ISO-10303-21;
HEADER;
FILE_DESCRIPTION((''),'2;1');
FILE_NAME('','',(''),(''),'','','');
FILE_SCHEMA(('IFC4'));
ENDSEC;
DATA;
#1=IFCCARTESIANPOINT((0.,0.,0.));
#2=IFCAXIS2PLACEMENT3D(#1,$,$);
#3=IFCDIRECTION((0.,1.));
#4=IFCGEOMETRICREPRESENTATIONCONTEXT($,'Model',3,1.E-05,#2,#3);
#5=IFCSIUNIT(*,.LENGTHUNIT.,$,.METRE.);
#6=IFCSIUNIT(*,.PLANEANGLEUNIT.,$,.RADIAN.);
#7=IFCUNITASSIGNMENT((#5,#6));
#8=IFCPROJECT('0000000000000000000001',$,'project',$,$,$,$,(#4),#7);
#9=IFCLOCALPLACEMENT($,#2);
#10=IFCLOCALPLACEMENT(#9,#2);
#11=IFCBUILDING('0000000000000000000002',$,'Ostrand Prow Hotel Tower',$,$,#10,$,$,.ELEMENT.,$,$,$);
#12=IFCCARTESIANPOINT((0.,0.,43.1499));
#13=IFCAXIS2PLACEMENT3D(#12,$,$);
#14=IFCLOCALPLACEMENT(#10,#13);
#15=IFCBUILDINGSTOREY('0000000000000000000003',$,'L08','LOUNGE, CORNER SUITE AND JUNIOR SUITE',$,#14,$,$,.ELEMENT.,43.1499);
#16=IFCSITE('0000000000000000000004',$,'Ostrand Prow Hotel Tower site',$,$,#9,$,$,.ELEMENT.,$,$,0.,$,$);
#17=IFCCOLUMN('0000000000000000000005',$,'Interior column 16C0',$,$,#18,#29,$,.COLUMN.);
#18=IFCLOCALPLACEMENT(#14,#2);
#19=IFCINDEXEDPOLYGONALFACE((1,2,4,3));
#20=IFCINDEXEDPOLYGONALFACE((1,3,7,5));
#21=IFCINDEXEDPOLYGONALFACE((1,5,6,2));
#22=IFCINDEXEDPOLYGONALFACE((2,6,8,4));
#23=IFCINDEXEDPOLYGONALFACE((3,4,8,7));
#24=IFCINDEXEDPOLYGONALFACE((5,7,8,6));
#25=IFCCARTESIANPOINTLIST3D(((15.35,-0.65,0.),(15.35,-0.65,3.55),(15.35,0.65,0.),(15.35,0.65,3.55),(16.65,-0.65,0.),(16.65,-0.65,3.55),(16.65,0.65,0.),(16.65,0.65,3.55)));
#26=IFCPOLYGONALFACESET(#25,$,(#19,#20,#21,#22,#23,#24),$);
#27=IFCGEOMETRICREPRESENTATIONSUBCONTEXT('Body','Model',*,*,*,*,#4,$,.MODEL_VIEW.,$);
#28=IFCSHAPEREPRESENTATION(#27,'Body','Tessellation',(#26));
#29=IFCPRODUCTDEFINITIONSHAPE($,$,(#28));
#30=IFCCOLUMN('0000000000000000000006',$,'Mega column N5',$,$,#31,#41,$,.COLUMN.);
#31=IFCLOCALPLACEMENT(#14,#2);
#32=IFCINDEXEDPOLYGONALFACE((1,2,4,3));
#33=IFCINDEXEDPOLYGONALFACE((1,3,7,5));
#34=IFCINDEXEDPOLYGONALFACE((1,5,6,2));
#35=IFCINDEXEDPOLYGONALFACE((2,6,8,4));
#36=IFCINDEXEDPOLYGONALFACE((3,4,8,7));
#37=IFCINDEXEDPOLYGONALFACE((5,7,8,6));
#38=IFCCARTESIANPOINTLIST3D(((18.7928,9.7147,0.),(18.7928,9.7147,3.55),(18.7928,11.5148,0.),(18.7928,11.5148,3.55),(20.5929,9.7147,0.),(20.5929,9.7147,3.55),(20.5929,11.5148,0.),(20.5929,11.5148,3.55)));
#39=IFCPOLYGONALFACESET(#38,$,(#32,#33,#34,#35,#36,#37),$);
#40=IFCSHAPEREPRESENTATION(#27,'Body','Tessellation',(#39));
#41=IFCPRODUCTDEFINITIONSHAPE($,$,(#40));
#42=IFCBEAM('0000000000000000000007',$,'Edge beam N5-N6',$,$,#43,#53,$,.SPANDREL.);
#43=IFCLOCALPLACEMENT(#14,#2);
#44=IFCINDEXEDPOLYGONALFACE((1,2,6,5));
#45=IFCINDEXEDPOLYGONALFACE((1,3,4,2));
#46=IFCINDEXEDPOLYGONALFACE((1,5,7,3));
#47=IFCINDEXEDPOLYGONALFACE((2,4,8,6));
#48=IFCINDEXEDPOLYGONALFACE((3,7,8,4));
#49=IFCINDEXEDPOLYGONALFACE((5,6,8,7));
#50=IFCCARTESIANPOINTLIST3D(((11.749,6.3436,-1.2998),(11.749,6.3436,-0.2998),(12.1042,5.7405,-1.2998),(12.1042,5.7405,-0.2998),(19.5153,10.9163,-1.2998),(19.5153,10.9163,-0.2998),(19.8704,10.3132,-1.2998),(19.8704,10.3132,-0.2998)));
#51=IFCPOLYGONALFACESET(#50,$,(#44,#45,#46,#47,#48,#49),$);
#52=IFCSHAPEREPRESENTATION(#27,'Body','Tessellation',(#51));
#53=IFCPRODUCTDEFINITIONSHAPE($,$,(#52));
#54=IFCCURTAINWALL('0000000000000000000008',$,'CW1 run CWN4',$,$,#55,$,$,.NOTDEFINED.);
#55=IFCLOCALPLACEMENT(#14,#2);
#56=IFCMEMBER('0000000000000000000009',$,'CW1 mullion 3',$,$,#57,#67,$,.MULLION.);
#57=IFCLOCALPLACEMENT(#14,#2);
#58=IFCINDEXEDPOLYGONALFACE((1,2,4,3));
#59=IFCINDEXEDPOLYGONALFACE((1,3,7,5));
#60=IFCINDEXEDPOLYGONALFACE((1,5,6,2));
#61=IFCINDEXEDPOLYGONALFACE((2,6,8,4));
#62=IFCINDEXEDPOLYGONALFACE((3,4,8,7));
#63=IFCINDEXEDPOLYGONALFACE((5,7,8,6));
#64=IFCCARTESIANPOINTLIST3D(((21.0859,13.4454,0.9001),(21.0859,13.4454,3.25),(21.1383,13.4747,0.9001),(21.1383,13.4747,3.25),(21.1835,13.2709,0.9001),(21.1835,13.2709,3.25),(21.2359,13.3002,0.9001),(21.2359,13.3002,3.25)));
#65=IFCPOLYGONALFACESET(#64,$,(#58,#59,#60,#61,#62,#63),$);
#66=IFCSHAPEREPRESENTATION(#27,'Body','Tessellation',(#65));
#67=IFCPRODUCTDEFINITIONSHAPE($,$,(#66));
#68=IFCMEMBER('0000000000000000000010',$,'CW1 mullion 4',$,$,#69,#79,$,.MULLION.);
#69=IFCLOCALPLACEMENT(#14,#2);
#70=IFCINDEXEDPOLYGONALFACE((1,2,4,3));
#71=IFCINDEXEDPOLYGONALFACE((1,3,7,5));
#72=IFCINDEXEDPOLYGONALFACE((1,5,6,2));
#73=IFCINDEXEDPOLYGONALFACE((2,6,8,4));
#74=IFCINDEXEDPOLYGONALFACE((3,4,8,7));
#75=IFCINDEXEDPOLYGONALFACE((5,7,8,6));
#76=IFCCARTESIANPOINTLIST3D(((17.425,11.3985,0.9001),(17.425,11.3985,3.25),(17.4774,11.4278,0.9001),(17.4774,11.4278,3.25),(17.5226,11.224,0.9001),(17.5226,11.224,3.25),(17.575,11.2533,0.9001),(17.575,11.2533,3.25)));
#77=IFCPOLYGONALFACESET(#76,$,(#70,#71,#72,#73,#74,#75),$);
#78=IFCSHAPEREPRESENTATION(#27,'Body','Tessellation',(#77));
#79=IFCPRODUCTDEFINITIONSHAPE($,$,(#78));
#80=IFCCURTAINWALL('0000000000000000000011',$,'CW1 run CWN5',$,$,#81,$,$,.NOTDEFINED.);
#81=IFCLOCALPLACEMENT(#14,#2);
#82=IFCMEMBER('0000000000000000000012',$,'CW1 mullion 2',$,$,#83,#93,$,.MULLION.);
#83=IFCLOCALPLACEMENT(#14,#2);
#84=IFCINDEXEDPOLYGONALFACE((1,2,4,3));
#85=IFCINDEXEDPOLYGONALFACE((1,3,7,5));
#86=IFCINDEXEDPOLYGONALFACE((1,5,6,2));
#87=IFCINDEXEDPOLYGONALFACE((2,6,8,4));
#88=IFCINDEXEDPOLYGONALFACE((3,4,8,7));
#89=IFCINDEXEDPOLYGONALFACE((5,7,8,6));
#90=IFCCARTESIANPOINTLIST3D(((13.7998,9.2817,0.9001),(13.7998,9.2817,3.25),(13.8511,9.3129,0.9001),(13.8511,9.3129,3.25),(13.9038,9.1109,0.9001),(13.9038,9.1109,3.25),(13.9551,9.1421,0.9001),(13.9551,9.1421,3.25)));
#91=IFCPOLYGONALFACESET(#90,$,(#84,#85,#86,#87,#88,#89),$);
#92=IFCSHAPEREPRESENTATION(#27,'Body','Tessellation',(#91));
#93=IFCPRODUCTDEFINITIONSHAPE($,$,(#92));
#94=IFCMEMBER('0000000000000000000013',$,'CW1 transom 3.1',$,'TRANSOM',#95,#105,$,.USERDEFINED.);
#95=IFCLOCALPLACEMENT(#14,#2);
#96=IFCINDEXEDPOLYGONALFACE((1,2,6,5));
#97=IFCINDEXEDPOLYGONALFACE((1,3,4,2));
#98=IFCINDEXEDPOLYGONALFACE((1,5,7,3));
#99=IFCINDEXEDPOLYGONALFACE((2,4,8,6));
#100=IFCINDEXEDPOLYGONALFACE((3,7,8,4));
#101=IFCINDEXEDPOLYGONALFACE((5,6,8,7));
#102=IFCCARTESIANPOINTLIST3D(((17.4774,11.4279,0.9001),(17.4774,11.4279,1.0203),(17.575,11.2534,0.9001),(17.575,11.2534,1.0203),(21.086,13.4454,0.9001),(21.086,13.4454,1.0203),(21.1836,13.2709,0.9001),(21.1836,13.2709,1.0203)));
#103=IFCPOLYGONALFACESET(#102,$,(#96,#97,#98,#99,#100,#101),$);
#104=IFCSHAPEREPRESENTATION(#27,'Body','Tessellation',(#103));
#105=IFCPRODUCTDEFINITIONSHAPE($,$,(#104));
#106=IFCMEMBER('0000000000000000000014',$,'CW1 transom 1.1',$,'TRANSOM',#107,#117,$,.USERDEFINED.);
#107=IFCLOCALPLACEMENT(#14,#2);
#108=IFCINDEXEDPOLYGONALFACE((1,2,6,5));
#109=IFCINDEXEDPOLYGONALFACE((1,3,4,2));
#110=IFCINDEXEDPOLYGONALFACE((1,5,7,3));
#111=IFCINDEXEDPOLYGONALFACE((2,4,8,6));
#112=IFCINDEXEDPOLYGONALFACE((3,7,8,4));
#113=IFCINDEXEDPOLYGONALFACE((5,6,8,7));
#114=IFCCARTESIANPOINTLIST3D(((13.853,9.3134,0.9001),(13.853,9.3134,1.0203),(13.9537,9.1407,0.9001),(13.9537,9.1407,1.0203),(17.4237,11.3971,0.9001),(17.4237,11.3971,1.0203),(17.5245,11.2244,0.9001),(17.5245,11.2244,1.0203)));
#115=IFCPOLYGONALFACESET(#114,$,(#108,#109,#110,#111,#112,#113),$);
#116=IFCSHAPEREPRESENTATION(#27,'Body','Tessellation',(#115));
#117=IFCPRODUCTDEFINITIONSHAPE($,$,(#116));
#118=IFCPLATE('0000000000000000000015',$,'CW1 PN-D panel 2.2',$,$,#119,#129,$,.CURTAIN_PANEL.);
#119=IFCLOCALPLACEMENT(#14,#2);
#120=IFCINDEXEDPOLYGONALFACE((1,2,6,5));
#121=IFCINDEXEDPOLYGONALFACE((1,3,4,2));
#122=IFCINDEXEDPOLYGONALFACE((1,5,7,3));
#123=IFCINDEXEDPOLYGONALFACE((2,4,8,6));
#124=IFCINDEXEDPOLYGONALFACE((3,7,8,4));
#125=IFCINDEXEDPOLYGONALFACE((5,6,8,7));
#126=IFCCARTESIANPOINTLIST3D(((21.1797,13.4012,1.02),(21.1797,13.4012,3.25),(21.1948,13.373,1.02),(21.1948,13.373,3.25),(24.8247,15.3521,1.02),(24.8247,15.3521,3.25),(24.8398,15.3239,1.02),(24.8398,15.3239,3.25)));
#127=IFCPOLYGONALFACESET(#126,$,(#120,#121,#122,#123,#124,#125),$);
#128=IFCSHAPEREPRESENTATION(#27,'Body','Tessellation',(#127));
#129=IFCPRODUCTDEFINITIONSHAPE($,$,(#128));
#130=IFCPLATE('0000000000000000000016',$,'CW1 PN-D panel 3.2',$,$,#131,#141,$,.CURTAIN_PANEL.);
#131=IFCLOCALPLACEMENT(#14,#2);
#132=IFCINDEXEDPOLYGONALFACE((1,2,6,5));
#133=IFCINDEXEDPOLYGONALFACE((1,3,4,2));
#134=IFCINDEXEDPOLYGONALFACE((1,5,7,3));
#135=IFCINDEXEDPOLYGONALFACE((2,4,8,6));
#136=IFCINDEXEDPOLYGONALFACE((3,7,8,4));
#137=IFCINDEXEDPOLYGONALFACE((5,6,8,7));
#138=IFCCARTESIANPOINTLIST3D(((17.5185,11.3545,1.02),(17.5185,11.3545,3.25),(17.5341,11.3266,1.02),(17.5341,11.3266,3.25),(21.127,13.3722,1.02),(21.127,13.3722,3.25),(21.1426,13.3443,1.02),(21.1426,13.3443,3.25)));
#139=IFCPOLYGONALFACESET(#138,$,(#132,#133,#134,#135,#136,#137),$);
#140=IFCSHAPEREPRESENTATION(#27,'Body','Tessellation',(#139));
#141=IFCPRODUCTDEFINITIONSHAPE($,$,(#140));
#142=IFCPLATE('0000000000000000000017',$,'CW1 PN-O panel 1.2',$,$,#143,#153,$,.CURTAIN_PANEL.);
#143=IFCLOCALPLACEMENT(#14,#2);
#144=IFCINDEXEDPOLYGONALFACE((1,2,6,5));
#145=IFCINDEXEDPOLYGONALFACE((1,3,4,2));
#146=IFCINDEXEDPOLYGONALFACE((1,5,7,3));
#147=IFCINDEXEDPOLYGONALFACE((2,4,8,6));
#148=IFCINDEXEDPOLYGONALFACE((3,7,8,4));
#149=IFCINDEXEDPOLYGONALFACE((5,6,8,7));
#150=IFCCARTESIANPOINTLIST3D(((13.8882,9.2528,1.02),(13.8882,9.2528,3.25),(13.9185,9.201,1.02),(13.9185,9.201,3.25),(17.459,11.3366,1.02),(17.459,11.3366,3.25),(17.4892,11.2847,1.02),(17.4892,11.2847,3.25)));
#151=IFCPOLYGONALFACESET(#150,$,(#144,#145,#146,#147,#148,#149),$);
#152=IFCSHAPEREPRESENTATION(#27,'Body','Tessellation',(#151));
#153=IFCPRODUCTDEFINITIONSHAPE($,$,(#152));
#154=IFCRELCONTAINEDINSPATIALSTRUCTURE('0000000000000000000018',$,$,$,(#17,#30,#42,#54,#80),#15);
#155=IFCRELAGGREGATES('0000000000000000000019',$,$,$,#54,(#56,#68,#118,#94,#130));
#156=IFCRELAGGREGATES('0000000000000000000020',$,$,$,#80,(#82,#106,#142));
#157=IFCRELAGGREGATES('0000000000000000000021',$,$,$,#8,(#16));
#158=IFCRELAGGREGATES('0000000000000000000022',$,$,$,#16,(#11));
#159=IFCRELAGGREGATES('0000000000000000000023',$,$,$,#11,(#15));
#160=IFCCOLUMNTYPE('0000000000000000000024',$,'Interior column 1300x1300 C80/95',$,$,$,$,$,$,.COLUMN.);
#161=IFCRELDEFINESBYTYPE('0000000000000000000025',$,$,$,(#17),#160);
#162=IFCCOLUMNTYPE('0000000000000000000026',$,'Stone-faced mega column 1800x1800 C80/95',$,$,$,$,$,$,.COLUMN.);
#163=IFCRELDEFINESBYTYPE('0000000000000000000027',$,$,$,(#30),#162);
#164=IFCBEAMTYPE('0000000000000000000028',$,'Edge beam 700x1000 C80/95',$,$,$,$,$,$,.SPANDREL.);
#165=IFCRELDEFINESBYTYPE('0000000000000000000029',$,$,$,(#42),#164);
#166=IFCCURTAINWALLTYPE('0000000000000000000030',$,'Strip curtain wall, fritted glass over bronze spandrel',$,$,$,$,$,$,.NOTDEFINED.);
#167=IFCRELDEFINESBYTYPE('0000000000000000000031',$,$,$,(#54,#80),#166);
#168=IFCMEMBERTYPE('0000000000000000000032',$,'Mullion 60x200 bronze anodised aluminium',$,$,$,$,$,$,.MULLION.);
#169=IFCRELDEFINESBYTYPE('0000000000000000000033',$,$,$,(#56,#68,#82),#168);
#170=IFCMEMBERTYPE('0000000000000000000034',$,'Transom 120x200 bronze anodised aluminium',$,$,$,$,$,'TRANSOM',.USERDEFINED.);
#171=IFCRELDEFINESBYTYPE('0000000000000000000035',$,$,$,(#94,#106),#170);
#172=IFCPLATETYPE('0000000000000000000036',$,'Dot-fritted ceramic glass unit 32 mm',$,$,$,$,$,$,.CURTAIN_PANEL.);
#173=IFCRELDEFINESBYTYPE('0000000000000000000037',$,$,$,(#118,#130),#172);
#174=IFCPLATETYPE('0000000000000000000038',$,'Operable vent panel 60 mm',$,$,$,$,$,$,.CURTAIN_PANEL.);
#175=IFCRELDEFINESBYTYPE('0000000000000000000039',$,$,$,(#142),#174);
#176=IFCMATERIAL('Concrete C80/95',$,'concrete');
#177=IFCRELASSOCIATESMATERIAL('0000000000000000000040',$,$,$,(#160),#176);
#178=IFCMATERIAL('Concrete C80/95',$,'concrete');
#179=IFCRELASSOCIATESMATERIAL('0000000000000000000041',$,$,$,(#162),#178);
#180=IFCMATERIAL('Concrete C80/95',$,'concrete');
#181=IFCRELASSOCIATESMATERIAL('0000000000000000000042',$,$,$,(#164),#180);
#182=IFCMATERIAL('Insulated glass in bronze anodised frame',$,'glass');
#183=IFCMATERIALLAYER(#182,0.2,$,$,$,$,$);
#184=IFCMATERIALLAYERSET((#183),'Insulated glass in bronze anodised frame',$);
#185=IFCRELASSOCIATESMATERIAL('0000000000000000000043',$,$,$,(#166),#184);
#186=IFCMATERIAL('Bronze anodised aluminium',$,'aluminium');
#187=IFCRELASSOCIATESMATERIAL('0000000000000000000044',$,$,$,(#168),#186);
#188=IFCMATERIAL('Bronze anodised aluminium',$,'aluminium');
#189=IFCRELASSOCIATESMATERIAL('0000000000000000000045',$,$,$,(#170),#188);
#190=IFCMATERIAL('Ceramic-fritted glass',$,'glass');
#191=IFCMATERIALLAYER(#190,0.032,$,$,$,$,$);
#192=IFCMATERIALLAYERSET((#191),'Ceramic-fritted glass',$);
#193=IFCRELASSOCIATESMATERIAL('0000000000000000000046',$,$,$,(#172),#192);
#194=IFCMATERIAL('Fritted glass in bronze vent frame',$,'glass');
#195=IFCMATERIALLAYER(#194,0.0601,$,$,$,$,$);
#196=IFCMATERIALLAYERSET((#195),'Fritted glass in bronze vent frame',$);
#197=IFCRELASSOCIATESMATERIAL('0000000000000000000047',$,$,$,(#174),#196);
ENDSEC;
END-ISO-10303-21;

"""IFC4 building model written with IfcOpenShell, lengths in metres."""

from ifc_helpers import new_model, si_unit, direction, frame, origin, origin_2d, place, context, subcontext, project, spatial, rectangle, extrude, material, layer, layer_set, material_profile, profile_set, type_object, element, aggregate, save


model = new_model("IFC4")

# Units and contexts
model_context = context("Model", 3, precision=1e-05, world=origin(), true_north=direction((0.0, 1.0)))
body_context = subcontext(model_context, "Body", "Model", "MODEL_VIEW")
ifc_project = project(units=[si_unit("LENGTHUNIT", "METRE"), si_unit("PLANEANGLEUNIT", "RADIAN")], contexts=[model_context])

# Site, building, storey
site_placement = place(None, origin())
site = spatial("IfcSite", under=ifc_project, at=site_placement, Name="Ostrand Prow Hotel Tower site", CompositionType="ELEMENT", RefElevation=0.0)
building_placement = place(site_placement, origin())
building = spatial("IfcBuilding", under=site, at=building_placement, Name="Ostrand Prow Hotel Tower", CompositionType="ELEMENT")
storey_placement = place(building_placement, frame((0.0, 0.0, 43.1499)))
storey = spatial("IfcBuildingStorey", under=building, at=storey_placement, Name="L08", Description="LOUNGE, CORNER SUITE AND JUNIOR SUITE", CompositionType="ELEMENT", Elevation=43.1499)

# Columns
ifc_material_1 = material(Name="Concrete C80/95", Category="concrete")
ifc_material_profile_1 = material_profile(ifc_material_1, rectangle(XDim=1.3, YDim=1.3, at=origin_2d()), Name="RC 1300x1300")
ifc_profile_set_1 = profile_set([ifc_material_profile_1], Name="Concrete C80/95")
column_type_1 = type_object("IfcColumnType", Name="Interior column 1300x1300 C80/95", PredefinedType="COLUMN", material=ifc_profile_set_1)
column_1_placement = place(storey_placement, frame((16.0, 0.0, 0.0), z_axis=(0.0, 0.0, 1.0), x_axis=(1.0, 0.0, 0.0)))
element("IfcColumn", 1, at=column_1_placement, inside=storey, type_object=column_type_1, Name="Interior column 16C0", PredefinedType="COLUMN", context=body_context, shape_type="SweptSolid", body=[
    extrude(rectangle(XDim=1.3, YDim=1.3, at=origin_2d()), origin(), (0.0, 0.0, 1.0), 3.55),
])
ifc_material_2 = material(Name="Concrete C80/95", Category="concrete")
ifc_material_profile_2 = material_profile(ifc_material_2, rectangle(XDim=1.8, YDim=1.8, at=origin_2d()), Name="RC 1800x1800")
ifc_profile_set_2 = profile_set([ifc_material_profile_2], Name="Concrete C80/95")
column_type_2 = type_object("IfcColumnType", Name="Stone-faced mega column 1800x1800 C80/95", PredefinedType="COLUMN", material=ifc_profile_set_2)
column_2_placement = place(storey_placement, frame((19.6929, 10.6147, 0.0), z_axis=(0.0, 0.0, 1.0), x_axis=(1.0, 0.0, 0.0)))
element("IfcColumn", 2, at=column_2_placement, inside=storey, type_object=column_type_2, Name="Mega column N5", PredefinedType="COLUMN", context=body_context, shape_type="SweptSolid", body=[
    extrude(rectangle(XDim=1.8, YDim=1.8, at=origin_2d()), origin(), (0.0, 0.0, 1.0), 3.55),
])

# Beam
ifc_material_3 = material(Name="Concrete C80/95", Category="concrete")
ifc_material_profile_3 = material_profile(ifc_material_3, rectangle(XDim=0.7, YDim=1.0, at=origin_2d()), Name="RC 700x1000")
ifc_profile_set_3 = profile_set([ifc_material_profile_3], Name="Concrete C80/95")
beam_type = type_object("IfcBeamType", Name="Edge beam 700x1000 C80/95", PredefinedType="SPANDREL", material=ifc_profile_set_3)
beam_placement = place(storey_placement, frame((19.6929, 10.6147, -0.7998), z_axis=(-0.861725, -0.507375, 0.0), x_axis=(0.507375, -0.861725, 0.0)))
element("IfcBeam", 3, at=beam_placement, inside=storey, type_object=beam_type, Name="Edge beam N5-N6", PredefinedType="SPANDREL", context=body_context, shape_type="SweptSolid", body=[
    extrude(rectangle(XDim=0.7, YDim=1.0, at=origin_2d()), origin(), (0.0, 0.0, 1.0), 9.0125),
])

# Curtain wall, members
ifc_material_4 = material(Name="Insulated glass in bronze anodised frame", Category="glass")
ifc_layer_1 = layer(ifc_material_4, 0.2)
ifc_layer_set_1 = layer_set([ifc_layer_1], Name="Insulated glass in bronze anodised frame")
curtain_wall_type = type_object("IfcCurtainWallType", Name="Strip curtain wall, fritted glass over bronze spandrel", PredefinedType="NOTDEFINED", material=ifc_layer_set_1)
curtain_wall_1_placement = place(storey_placement, origin())
curtain_wall_1 = element("IfcCurtainWall", 4, at=curtain_wall_1_placement, inside=storey, type_object=curtain_wall_type, Name="CW1 run CWN4", PredefinedType="NOTDEFINED")
ifc_material_5 = material(Name="Bronze anodised aluminium", Category="aluminium")
ifc_material_profile_4 = material_profile(ifc_material_5, rectangle(XDim=0.2, YDim=0.0601, at=origin_2d()), Name="Mullion 60x200 bronze anodised aluminium")
ifc_profile_set_4 = profile_set([ifc_material_profile_4], Name="Bronze anodised aluminium")
member_type_1 = type_object("IfcMemberType", Name="Mullion 60x200 bronze anodised aluminium", PredefinedType="MULLION", material=ifc_profile_set_4)
member_1_placement = place(storey_placement, frame((21.1609, 13.3728, 0.9001), z_axis=(0.0, 0.0, 1.0), x_axis=(0.488044, -0.872819, 0.0)))
member_1 = element("IfcMember", 5, at=member_1_placement, type_object=member_type_1, Name="CW1 mullion 3", PredefinedType="MULLION", context=body_context, shape_type="SweptSolid", body=[
    extrude(rectangle(XDim=0.2, YDim=0.0601, at=origin_2d()), origin(), (0.0, 0.0, 1.0), 2.3499),
])
member_2_placement = place(storey_placement, frame((17.5, 11.3259, 0.9001), z_axis=(0.0, 0.0, 1.0), x_axis=(0.488044, -0.872819, 0.0)))
member_2 = element("IfcMember", 6, at=member_2_placement, type_object=member_type_1, Name="CW1 mullion 4", PredefinedType="MULLION", context=body_context, shape_type="SweptSolid", body=[
    extrude(rectangle(XDim=0.2, YDim=0.0601, at=origin_2d()), origin(), (0.0, 0.0, 1.0), 2.3499),
])

# Curtain wall, member
curtain_wall_2_placement = place(storey_placement, origin())
curtain_wall_2 = element("IfcCurtainWall", 7, at=curtain_wall_2_placement, inside=storey, type_object=curtain_wall_type, Name="CW1 run CWN5", PredefinedType="NOTDEFINED")
member_3_placement = place(storey_placement, frame((13.8774, 9.2119, 0.9001), z_axis=(0.0, 0.0, 1.0), x_axis=(0.519831, -0.854269, 0.0)))
member_3 = element("IfcMember", 8, at=member_3_placement, type_object=member_type_1, Name="CW1 mullion 2", PredefinedType="MULLION", context=body_context, shape_type="SweptSolid", body=[
    extrude(rectangle(XDim=0.2, YDim=0.0601, at=origin_2d()), origin(), (0.0, 0.0, 1.0), 2.3499),
])

# Members
ifc_material_6 = material(Name="Bronze anodised aluminium", Category="aluminium")
ifc_material_profile_5 = material_profile(ifc_material_6, rectangle(XDim=0.2, YDim=0.1201, at=origin_2d()), Name="Transom 120x200 bronze anodised aluminium")
ifc_profile_set_5 = profile_set([ifc_material_profile_5], Name="Bronze anodised aluminium")
member_type_2 = type_object("IfcMemberType", Name="Transom 120x200 bronze anodised aluminium", ElementType="TRANSOM", PredefinedType="USERDEFINED", material=ifc_profile_set_5)
member_4_placement = place(storey_placement, frame((21.1348, 13.3582, 0.9602), z_axis=(-0.872842, -0.488003, 0.0), x_axis=(0.488003, -0.872842, 0.0)))
member_4 = element("IfcMember", 9, at=member_4_placement, type_object=member_type_2, Name="CW1 transom 3.1", ObjectType="TRANSOM", PredefinedType="USERDEFINED", context=body_context, shape_type="SweptSolid", body=[
    extrude(rectangle(XDim=0.2, YDim=0.1201, at=origin_2d()), origin(), (0.0, 0.0, 1.0), 4.1343),
])
member_5_placement = place(storey_placement, frame((17.4741, 11.3108, 0.9602), z_axis=(-0.863698, -0.504011, 0.0), x_axis=(0.504011, -0.863698, 0.0)))
member_5 = element("IfcMember", 10, at=member_5_placement, type_object=member_type_2, Name="CW1 transom 1.1", ObjectType="TRANSOM", PredefinedType="USERDEFINED", context=body_context, shape_type="SweptSolid", body=[
    extrude(rectangle(XDim=0.2, YDim=0.1201, at=origin_2d()), origin(), (0.0, 0.0, 1.0), 4.1343),
])

# Plates
ifc_material_7 = material(Name="Ceramic-fritted glass", Category="glass")
ifc_layer_2 = layer(ifc_material_7, 0.032)
ifc_layer_set_2 = layer_set([ifc_layer_2], Name="Ceramic-fritted glass")
plate_type_1 = type_object("IfcPlateType", Name="Dot-fritted ceramic glass unit 32 mm", PredefinedType="CURTAIN_PANEL", material=ifc_layer_set_2)
plate_1_placement = place(storey_placement, frame((23.0098, 14.3625, 1.02), z_axis=(0.0, 0.0, 1.0), x_axis=(-0.881652, -0.4719, 0.0)))
plate_1 = element("IfcPlate", 11, at=plate_1_placement, type_object=plate_type_1, Name="CW1 PN-D panel 2.2", PredefinedType="CURTAIN_PANEL", context=body_context, shape_type="SweptSolid", body=[
    extrude(rectangle(XDim=4.1343, YDim=0.032, at=origin_2d()), origin(), (0.0, 0.0, 1.0), 2.23),
])
plate_2_placement = place(storey_placement, frame((19.3306, 12.3494, 1.02), z_axis=(0.0, 0.0, 1.0), x_axis=(-0.872819, -0.488044, 0.0)))
plate_2 = element("IfcPlate", 12, at=plate_2_placement, type_object=plate_type_1, Name="CW1 PN-D panel 3.2", PredefinedType="CURTAIN_PANEL", context=body_context, shape_type="SweptSolid", body=[
    extrude(rectangle(XDim=4.1343, YDim=0.032, at=origin_2d()), origin(), (0.0, 0.0, 1.0), 2.23),
])
aggregate(curtain_wall_1, [member_1, member_2, plate_1, member_4, plate_2])
ifc_material_8 = material(Name="Fritted glass in bronze vent frame", Category="glass")
ifc_layer_3 = layer(ifc_material_8, 0.0601)
ifc_layer_set_3 = layer_set([ifc_layer_3], Name="Fritted glass in bronze vent frame")
plate_type_2 = type_object("IfcPlateType", Name="Operable vent panel 60 mm", PredefinedType="CURTAIN_PANEL", material=ifc_layer_set_3)
plate_3_placement = place(storey_placement, frame((15.6887, 10.2688, 1.02), z_axis=(0.0, 0.0, 1.0), x_axis=(-0.86369, -0.504023, 0.0)))
plate_3 = element("IfcPlate", 13, at=plate_3_placement, type_object=plate_type_2, Name="CW1 PN-O panel 1.2", PredefinedType="CURTAIN_PANEL", context=body_context, shape_type="SweptSolid", body=[
    extrude(rectangle(XDim=4.1343, YDim=0.0601, at=origin_2d()), origin(), (0.0, 0.0, 1.0), 2.23),
])
aggregate(curtain_wall_2, [member_3, member_5, plate_3])

save(model, "model.ifc")
